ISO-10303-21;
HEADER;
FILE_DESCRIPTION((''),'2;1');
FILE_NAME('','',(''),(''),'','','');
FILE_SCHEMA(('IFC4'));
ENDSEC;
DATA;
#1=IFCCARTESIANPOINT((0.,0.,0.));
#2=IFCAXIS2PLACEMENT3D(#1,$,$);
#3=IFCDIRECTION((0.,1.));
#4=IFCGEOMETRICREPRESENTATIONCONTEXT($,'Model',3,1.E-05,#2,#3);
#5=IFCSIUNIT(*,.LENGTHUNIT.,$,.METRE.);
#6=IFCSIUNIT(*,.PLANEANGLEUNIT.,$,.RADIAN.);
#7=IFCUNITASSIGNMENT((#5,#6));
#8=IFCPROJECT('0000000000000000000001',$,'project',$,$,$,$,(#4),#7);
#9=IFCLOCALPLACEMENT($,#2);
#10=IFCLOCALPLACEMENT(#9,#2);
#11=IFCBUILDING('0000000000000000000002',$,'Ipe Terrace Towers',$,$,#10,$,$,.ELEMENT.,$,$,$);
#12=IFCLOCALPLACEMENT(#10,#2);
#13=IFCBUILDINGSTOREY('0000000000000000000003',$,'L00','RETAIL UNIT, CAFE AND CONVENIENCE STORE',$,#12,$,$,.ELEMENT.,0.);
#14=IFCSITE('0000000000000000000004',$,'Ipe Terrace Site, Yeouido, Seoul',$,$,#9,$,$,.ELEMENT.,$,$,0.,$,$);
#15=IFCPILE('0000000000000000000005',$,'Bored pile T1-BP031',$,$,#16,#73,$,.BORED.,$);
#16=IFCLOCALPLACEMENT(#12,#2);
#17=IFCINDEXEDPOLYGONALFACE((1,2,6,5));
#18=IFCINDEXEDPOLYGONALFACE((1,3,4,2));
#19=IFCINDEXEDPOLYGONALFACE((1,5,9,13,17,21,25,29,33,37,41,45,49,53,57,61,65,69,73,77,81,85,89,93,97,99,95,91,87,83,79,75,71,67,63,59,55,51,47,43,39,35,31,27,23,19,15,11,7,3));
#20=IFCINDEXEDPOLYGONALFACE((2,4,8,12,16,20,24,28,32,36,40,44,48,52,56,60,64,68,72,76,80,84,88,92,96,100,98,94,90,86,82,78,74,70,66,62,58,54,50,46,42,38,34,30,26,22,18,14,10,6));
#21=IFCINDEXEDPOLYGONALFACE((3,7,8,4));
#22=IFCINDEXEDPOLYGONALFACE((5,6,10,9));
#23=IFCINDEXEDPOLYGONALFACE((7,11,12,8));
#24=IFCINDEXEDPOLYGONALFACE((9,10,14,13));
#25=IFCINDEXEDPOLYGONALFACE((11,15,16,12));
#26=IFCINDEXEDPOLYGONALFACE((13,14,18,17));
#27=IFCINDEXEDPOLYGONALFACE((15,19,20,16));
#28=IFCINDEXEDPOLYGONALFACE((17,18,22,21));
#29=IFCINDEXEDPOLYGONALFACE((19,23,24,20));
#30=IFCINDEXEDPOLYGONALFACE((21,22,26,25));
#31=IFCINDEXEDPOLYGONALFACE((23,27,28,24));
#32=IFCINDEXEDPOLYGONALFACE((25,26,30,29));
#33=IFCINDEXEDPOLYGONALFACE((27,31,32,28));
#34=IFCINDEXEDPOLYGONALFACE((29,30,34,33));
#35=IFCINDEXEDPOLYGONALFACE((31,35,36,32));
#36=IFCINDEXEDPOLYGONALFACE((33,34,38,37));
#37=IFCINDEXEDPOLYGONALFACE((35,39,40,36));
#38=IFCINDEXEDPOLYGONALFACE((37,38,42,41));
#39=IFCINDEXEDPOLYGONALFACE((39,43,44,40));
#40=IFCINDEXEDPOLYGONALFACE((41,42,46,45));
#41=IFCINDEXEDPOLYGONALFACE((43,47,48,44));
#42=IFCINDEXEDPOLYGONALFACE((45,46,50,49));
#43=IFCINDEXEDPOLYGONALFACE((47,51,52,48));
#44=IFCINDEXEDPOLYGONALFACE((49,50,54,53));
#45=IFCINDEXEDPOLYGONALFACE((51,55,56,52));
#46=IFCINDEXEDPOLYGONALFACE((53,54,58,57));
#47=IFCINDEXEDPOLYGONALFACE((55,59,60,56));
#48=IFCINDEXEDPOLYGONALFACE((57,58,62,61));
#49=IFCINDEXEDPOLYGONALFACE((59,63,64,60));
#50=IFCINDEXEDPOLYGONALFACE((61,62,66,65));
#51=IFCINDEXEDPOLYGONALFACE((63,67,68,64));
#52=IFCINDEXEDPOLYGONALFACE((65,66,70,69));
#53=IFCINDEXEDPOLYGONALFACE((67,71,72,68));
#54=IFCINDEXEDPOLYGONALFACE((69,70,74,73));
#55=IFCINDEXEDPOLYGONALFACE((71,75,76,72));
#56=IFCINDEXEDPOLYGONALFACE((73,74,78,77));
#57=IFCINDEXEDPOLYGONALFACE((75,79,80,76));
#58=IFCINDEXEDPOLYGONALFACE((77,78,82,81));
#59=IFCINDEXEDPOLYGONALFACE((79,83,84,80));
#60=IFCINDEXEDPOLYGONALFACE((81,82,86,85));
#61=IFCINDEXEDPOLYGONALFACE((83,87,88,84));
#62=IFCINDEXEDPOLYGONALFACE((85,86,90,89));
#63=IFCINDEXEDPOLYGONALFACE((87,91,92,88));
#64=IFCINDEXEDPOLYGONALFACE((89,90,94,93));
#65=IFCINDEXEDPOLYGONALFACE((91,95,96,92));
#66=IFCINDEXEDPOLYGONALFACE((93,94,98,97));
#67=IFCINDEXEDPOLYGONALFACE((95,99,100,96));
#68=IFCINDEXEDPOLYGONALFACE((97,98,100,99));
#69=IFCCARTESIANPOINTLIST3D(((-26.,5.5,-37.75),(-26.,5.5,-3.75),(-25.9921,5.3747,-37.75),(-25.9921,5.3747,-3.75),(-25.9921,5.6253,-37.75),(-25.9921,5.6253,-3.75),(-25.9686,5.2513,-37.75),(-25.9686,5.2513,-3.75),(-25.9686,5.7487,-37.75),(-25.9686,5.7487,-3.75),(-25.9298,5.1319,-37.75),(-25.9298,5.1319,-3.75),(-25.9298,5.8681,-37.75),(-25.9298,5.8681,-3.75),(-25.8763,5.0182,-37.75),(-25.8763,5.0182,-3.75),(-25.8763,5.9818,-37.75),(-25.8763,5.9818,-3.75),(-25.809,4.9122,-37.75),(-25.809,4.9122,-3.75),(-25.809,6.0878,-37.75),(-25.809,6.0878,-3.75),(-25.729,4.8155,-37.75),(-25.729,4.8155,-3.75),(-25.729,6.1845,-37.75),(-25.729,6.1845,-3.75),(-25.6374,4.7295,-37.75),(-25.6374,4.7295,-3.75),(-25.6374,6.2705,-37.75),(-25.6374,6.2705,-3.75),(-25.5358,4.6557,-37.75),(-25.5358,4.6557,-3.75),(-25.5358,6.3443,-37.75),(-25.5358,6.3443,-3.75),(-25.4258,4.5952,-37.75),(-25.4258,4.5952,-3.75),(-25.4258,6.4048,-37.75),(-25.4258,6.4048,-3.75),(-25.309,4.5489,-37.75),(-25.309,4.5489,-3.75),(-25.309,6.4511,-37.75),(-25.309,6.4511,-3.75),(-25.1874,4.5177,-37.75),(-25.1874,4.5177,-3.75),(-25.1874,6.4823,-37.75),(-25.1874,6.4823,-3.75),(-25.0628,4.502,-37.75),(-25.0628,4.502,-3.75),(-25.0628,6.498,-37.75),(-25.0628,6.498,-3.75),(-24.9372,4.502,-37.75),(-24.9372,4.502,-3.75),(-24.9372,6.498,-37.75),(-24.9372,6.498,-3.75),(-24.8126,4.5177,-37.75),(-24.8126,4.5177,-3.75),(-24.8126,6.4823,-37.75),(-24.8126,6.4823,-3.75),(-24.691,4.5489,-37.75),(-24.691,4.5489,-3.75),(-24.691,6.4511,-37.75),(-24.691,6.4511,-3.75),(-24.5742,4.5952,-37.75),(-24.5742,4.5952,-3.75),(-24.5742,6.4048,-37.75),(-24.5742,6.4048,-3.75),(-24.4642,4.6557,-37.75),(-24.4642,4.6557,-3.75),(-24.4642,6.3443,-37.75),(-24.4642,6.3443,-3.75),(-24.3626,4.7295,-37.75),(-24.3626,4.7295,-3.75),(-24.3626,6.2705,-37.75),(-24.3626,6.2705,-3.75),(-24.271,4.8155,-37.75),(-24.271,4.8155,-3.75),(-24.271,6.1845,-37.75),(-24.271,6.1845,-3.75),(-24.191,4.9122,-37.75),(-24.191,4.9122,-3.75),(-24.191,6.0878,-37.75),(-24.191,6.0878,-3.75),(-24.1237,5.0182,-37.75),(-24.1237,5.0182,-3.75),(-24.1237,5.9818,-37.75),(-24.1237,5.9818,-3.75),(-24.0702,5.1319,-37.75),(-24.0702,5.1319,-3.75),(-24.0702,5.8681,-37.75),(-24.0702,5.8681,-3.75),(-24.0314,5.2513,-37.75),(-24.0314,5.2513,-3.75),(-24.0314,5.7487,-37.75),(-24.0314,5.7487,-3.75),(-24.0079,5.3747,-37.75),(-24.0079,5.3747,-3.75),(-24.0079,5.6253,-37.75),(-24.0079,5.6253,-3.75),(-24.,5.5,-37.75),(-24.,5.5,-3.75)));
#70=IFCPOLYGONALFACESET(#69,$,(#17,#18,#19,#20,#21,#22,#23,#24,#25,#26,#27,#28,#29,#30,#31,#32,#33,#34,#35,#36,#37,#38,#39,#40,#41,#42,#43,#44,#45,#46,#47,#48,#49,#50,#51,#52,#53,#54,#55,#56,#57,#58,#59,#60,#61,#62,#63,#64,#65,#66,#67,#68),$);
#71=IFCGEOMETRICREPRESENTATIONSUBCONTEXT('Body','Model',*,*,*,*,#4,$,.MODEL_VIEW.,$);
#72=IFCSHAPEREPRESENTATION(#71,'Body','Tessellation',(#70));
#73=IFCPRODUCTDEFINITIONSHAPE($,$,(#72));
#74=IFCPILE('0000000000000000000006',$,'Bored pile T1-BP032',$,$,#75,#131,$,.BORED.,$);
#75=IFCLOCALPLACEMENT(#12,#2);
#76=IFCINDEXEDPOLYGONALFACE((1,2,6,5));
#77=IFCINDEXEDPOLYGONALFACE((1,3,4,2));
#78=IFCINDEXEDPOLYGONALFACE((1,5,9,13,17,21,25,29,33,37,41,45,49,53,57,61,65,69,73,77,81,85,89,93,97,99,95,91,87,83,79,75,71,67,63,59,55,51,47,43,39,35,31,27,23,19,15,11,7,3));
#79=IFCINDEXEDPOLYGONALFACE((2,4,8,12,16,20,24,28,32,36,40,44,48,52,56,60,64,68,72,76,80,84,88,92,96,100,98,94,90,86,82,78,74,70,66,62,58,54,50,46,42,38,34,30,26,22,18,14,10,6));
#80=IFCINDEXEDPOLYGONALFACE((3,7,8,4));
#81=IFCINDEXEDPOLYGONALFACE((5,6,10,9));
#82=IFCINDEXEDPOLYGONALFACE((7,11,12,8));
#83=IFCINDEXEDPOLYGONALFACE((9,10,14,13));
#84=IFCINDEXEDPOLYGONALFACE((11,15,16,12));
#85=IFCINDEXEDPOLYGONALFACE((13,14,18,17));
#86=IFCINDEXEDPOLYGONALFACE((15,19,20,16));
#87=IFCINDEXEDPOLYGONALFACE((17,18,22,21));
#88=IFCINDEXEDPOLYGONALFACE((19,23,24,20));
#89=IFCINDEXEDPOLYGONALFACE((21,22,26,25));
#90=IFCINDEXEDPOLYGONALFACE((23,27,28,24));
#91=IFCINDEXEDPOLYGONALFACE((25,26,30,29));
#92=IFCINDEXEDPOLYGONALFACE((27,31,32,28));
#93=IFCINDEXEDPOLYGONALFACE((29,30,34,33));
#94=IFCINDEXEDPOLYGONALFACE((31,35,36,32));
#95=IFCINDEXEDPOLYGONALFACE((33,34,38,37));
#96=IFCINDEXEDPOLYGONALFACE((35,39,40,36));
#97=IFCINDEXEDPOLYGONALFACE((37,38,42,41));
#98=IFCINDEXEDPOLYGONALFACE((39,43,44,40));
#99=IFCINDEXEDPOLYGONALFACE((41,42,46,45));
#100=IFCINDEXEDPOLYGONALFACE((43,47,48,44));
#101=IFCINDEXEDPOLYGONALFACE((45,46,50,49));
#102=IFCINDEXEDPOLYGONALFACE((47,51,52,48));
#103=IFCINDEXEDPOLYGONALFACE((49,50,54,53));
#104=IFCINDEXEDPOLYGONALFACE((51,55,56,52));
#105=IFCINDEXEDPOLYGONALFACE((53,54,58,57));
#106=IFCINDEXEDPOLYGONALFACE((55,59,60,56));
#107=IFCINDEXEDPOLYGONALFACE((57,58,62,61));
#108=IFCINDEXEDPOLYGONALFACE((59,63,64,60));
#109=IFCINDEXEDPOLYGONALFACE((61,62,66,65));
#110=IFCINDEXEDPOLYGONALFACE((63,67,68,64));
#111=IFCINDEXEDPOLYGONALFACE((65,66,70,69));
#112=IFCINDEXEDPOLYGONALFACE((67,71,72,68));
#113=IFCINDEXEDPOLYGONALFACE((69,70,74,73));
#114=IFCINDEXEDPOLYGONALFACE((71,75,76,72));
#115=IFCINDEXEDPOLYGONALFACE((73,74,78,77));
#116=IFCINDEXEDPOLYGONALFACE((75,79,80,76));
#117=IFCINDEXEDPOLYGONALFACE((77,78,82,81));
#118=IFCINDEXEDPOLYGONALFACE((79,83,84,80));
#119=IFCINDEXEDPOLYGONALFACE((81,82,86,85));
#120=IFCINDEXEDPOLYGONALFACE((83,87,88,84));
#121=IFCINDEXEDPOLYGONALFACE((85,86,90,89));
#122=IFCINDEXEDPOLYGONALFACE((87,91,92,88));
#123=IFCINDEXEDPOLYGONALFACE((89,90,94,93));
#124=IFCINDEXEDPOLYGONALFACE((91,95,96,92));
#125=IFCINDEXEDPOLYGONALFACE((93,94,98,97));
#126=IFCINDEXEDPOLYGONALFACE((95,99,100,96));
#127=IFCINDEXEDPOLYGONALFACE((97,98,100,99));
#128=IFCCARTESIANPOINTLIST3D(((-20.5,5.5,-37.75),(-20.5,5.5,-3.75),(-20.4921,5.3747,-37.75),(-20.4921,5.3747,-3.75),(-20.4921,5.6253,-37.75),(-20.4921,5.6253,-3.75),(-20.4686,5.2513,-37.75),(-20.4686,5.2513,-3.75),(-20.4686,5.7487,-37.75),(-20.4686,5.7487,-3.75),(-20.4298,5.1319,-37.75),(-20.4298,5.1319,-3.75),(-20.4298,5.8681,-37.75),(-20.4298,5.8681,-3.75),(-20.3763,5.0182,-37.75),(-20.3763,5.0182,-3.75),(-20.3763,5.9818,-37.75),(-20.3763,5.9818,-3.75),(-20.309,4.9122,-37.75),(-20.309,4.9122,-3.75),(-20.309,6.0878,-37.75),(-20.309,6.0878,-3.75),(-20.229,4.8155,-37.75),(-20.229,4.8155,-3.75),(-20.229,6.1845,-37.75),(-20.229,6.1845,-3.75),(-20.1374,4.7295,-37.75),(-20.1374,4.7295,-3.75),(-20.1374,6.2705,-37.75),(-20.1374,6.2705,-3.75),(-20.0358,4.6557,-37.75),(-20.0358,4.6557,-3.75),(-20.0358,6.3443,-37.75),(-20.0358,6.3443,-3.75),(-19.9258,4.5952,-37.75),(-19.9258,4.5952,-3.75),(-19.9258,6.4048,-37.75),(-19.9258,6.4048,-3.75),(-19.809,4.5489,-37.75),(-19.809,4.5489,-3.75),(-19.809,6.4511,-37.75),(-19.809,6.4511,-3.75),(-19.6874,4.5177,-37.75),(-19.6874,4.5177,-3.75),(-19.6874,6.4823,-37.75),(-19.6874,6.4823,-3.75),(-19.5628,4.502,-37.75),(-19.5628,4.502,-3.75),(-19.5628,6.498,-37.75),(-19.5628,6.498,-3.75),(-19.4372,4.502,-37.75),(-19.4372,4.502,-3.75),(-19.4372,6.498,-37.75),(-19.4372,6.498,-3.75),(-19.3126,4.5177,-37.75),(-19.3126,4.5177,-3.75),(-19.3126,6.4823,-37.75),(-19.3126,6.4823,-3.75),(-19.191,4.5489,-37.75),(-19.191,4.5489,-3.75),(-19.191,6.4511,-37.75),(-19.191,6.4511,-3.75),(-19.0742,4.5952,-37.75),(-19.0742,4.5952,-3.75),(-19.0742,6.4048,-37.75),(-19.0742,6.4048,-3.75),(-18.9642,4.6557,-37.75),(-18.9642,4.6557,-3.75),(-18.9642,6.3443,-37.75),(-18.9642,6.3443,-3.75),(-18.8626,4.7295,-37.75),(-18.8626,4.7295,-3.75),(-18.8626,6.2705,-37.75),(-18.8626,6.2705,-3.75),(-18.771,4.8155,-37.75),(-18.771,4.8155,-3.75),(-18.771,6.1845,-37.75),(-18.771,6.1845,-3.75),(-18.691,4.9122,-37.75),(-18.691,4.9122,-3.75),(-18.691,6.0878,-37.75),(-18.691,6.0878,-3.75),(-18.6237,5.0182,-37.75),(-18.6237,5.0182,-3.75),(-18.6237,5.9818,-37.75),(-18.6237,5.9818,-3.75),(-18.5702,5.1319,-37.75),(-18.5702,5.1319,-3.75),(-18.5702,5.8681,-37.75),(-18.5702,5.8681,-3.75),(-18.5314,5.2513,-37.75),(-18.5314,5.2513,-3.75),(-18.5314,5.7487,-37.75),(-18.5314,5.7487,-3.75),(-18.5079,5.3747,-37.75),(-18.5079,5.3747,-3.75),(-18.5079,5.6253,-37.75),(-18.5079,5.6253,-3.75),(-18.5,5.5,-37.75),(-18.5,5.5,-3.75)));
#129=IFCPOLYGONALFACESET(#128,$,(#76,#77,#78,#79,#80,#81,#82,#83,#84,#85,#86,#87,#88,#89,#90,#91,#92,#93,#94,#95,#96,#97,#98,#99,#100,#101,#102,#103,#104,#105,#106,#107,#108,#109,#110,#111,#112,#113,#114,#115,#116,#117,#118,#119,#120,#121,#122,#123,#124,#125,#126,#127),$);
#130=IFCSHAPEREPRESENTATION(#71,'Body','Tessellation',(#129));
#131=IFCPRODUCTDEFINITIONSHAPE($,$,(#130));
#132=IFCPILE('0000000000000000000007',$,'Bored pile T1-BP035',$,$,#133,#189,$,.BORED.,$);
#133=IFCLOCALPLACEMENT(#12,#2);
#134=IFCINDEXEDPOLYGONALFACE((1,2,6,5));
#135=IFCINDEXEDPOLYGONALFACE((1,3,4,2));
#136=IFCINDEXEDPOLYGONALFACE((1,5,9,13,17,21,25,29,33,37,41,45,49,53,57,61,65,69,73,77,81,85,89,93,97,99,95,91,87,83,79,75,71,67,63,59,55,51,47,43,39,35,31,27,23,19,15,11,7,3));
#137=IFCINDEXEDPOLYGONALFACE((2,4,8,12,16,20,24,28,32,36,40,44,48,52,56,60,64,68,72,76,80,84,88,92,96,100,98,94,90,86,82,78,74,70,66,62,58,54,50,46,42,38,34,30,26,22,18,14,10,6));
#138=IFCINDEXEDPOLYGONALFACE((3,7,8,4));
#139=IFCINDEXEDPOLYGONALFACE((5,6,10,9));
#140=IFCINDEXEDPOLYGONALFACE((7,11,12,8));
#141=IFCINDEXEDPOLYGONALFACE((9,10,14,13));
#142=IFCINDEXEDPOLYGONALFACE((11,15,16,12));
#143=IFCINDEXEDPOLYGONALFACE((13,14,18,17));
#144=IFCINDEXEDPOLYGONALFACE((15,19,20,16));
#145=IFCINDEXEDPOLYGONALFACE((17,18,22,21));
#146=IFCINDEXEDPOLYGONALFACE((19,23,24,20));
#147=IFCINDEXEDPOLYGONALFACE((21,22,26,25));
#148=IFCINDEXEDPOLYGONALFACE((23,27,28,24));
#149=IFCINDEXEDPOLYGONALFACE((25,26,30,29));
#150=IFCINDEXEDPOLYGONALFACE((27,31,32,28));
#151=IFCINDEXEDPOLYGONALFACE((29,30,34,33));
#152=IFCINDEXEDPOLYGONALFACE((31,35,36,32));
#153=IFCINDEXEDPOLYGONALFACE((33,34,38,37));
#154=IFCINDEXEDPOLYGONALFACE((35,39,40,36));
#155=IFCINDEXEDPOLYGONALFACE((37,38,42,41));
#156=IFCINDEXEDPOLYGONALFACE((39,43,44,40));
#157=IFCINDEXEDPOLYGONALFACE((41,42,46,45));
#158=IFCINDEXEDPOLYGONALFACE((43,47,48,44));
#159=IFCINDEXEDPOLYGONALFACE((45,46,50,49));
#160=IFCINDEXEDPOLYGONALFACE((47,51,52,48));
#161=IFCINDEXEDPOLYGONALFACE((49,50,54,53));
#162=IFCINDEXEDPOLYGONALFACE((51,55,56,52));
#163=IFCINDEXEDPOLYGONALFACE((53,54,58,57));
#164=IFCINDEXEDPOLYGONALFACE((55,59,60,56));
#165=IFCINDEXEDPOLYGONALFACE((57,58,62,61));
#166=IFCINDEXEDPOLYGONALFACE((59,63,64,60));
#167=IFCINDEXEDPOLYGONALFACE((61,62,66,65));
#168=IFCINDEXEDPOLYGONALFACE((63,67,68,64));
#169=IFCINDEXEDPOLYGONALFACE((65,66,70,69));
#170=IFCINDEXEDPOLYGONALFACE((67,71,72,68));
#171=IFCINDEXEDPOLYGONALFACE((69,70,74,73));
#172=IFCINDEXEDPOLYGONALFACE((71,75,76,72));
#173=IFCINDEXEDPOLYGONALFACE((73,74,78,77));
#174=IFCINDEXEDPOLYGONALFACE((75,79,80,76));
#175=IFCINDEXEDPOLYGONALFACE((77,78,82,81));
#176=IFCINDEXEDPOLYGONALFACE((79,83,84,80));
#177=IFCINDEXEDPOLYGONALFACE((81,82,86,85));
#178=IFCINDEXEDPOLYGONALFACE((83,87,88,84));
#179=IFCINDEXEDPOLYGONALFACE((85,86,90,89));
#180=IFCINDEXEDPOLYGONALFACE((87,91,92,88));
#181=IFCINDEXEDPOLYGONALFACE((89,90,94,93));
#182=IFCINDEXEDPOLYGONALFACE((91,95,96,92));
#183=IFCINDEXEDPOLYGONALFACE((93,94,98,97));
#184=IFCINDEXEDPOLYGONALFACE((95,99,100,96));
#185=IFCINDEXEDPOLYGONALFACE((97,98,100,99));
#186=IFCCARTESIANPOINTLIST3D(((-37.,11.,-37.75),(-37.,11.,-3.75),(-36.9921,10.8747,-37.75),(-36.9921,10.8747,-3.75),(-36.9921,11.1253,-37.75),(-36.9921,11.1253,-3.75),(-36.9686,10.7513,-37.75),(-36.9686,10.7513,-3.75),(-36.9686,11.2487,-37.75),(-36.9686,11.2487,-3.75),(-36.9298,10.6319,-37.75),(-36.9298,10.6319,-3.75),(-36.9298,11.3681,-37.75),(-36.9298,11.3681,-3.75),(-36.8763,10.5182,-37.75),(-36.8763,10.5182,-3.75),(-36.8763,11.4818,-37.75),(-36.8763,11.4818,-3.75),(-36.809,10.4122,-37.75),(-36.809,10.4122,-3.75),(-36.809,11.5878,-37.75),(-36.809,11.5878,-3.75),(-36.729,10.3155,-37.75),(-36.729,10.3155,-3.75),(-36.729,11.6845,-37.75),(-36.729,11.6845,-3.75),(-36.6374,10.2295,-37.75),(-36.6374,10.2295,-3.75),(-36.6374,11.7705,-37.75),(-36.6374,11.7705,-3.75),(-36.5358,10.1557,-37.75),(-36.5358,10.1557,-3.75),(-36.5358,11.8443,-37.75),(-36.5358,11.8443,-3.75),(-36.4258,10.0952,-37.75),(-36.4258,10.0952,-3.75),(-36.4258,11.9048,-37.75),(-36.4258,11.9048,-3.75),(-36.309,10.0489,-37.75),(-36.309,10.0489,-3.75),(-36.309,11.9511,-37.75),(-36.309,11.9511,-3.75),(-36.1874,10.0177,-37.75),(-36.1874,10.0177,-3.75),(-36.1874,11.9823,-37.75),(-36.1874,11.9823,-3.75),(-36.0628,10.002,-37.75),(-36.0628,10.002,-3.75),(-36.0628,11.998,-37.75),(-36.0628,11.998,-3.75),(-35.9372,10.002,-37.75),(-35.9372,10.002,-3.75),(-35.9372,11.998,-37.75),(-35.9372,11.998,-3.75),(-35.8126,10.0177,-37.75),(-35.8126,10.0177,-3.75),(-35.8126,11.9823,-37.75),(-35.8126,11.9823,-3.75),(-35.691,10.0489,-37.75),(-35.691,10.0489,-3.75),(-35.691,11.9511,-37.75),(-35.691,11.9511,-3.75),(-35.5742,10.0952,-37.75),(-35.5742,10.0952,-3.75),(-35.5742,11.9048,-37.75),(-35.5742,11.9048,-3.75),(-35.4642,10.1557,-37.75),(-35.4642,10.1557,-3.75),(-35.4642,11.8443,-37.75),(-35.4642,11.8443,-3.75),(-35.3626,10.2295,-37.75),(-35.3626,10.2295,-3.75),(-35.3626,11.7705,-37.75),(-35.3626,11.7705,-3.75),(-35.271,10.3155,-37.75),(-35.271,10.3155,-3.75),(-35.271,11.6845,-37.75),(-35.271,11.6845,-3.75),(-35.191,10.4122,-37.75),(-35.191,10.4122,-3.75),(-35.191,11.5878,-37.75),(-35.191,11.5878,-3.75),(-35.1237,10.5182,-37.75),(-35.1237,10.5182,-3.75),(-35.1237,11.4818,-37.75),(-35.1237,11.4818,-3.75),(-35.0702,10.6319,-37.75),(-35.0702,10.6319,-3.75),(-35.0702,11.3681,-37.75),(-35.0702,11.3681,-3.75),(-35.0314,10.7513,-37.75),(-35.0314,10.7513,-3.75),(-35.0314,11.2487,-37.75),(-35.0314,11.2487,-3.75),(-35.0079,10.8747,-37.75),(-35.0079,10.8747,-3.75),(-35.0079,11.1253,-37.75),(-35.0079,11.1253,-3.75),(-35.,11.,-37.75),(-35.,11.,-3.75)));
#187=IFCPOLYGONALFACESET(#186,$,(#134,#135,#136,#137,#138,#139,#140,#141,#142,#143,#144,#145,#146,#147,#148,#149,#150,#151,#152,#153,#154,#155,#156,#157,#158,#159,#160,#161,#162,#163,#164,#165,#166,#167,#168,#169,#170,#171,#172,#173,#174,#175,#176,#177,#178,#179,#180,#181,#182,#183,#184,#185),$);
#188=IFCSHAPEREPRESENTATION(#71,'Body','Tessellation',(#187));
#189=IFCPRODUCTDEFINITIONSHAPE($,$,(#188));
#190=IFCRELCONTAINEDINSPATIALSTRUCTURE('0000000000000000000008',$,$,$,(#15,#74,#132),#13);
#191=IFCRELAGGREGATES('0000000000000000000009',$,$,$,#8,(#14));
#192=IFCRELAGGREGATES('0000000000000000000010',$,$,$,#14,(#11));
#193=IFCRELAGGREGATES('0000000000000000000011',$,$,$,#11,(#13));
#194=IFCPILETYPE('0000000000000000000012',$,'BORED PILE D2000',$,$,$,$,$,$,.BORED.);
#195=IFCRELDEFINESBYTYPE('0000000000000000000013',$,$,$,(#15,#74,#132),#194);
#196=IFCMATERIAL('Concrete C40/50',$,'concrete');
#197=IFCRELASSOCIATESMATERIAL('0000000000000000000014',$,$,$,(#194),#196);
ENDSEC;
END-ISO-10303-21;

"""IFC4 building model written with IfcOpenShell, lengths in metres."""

from ifc_helpers import new_model, si_unit, direction, frame, origin, origin_2d, place, context, subcontext, project, spatial, circle, extrude, material, material_profile, profile_set, type_object, element, save


model = new_model("IFC4")

# Units and contexts
model_context = context("Model", 3, precision=1e-05, world=origin(), true_north=direction((0.0, 1.0)))
body_context = subcontext(model_context, "Body", "Model", "MODEL_VIEW")
ifc_project = project(units=[si_unit("LENGTHUNIT", "METRE"), si_unit("PLANEANGLEUNIT", "RADIAN")], contexts=[model_context])

# Site, building, storey
site_placement = place(None, origin())
site = spatial("IfcSite", under=ifc_project, at=site_placement, Name="Ipe Terrace Site, Yeouido, Seoul", CompositionType="ELEMENT", RefElevation=0.0)
building_placement = place(site_placement, origin())
building = spatial("IfcBuilding", under=site, at=building_placement, Name="Ipe Terrace Towers", CompositionType="ELEMENT")
storey_placement = place(building_placement, origin())
storey = spatial("IfcBuildingStorey", under=building, at=storey_placement, Name="L00", Description="RETAIL UNIT, CAFE AND CONVENIENCE STORE", CompositionType="ELEMENT", Elevation=0.0)

# Piles
ifc_material_1 = material(Name="Concrete C40/50", Category="concrete")
ifc_material_profile_1 = material_profile(ifc_material_1, circle(Radius=1.0, at=origin_2d()), Name="BORED PILE D2000")
ifc_profile_set_1 = profile_set([ifc_material_profile_1], Name="Concrete C40/50")
pile_type = type_object("IfcPileType", Name="BORED PILE D2000", PredefinedType="BORED", material=ifc_profile_set_1)
for number, where, z_axis, x_axis, name in (
    (1, (-25.0, 5.5, -3.75), (0.0, 0.0, -1.0), (1.0, 0.0, 0.0), "Bored pile T1-BP031"),
    (2, (-19.5, 5.5, -3.75), (0.0, 0.0, -1.0), (1.0, 0.0, 0.0), "Bored pile T1-BP032"),
    (3, (-36.0, 11.0, -3.75), (0.0, 0.0, -1.0), (1.0, 0.0, 0.0), "Bored pile T1-BP035"),
):
    element("IfcPile", number, at=place(storey_placement, frame(where, z_axis=z_axis, x_axis=x_axis)), inside=storey, type_object=pile_type, Name=name, PredefinedType="BORED", context=body_context, shape_type="SweptSolid", body=[
        extrude(circle(Radius=1.0, at=origin_2d()), origin(), (0.0, 0.0, 1.0), 34.0),
    ])

save(model, "model.ifc")
